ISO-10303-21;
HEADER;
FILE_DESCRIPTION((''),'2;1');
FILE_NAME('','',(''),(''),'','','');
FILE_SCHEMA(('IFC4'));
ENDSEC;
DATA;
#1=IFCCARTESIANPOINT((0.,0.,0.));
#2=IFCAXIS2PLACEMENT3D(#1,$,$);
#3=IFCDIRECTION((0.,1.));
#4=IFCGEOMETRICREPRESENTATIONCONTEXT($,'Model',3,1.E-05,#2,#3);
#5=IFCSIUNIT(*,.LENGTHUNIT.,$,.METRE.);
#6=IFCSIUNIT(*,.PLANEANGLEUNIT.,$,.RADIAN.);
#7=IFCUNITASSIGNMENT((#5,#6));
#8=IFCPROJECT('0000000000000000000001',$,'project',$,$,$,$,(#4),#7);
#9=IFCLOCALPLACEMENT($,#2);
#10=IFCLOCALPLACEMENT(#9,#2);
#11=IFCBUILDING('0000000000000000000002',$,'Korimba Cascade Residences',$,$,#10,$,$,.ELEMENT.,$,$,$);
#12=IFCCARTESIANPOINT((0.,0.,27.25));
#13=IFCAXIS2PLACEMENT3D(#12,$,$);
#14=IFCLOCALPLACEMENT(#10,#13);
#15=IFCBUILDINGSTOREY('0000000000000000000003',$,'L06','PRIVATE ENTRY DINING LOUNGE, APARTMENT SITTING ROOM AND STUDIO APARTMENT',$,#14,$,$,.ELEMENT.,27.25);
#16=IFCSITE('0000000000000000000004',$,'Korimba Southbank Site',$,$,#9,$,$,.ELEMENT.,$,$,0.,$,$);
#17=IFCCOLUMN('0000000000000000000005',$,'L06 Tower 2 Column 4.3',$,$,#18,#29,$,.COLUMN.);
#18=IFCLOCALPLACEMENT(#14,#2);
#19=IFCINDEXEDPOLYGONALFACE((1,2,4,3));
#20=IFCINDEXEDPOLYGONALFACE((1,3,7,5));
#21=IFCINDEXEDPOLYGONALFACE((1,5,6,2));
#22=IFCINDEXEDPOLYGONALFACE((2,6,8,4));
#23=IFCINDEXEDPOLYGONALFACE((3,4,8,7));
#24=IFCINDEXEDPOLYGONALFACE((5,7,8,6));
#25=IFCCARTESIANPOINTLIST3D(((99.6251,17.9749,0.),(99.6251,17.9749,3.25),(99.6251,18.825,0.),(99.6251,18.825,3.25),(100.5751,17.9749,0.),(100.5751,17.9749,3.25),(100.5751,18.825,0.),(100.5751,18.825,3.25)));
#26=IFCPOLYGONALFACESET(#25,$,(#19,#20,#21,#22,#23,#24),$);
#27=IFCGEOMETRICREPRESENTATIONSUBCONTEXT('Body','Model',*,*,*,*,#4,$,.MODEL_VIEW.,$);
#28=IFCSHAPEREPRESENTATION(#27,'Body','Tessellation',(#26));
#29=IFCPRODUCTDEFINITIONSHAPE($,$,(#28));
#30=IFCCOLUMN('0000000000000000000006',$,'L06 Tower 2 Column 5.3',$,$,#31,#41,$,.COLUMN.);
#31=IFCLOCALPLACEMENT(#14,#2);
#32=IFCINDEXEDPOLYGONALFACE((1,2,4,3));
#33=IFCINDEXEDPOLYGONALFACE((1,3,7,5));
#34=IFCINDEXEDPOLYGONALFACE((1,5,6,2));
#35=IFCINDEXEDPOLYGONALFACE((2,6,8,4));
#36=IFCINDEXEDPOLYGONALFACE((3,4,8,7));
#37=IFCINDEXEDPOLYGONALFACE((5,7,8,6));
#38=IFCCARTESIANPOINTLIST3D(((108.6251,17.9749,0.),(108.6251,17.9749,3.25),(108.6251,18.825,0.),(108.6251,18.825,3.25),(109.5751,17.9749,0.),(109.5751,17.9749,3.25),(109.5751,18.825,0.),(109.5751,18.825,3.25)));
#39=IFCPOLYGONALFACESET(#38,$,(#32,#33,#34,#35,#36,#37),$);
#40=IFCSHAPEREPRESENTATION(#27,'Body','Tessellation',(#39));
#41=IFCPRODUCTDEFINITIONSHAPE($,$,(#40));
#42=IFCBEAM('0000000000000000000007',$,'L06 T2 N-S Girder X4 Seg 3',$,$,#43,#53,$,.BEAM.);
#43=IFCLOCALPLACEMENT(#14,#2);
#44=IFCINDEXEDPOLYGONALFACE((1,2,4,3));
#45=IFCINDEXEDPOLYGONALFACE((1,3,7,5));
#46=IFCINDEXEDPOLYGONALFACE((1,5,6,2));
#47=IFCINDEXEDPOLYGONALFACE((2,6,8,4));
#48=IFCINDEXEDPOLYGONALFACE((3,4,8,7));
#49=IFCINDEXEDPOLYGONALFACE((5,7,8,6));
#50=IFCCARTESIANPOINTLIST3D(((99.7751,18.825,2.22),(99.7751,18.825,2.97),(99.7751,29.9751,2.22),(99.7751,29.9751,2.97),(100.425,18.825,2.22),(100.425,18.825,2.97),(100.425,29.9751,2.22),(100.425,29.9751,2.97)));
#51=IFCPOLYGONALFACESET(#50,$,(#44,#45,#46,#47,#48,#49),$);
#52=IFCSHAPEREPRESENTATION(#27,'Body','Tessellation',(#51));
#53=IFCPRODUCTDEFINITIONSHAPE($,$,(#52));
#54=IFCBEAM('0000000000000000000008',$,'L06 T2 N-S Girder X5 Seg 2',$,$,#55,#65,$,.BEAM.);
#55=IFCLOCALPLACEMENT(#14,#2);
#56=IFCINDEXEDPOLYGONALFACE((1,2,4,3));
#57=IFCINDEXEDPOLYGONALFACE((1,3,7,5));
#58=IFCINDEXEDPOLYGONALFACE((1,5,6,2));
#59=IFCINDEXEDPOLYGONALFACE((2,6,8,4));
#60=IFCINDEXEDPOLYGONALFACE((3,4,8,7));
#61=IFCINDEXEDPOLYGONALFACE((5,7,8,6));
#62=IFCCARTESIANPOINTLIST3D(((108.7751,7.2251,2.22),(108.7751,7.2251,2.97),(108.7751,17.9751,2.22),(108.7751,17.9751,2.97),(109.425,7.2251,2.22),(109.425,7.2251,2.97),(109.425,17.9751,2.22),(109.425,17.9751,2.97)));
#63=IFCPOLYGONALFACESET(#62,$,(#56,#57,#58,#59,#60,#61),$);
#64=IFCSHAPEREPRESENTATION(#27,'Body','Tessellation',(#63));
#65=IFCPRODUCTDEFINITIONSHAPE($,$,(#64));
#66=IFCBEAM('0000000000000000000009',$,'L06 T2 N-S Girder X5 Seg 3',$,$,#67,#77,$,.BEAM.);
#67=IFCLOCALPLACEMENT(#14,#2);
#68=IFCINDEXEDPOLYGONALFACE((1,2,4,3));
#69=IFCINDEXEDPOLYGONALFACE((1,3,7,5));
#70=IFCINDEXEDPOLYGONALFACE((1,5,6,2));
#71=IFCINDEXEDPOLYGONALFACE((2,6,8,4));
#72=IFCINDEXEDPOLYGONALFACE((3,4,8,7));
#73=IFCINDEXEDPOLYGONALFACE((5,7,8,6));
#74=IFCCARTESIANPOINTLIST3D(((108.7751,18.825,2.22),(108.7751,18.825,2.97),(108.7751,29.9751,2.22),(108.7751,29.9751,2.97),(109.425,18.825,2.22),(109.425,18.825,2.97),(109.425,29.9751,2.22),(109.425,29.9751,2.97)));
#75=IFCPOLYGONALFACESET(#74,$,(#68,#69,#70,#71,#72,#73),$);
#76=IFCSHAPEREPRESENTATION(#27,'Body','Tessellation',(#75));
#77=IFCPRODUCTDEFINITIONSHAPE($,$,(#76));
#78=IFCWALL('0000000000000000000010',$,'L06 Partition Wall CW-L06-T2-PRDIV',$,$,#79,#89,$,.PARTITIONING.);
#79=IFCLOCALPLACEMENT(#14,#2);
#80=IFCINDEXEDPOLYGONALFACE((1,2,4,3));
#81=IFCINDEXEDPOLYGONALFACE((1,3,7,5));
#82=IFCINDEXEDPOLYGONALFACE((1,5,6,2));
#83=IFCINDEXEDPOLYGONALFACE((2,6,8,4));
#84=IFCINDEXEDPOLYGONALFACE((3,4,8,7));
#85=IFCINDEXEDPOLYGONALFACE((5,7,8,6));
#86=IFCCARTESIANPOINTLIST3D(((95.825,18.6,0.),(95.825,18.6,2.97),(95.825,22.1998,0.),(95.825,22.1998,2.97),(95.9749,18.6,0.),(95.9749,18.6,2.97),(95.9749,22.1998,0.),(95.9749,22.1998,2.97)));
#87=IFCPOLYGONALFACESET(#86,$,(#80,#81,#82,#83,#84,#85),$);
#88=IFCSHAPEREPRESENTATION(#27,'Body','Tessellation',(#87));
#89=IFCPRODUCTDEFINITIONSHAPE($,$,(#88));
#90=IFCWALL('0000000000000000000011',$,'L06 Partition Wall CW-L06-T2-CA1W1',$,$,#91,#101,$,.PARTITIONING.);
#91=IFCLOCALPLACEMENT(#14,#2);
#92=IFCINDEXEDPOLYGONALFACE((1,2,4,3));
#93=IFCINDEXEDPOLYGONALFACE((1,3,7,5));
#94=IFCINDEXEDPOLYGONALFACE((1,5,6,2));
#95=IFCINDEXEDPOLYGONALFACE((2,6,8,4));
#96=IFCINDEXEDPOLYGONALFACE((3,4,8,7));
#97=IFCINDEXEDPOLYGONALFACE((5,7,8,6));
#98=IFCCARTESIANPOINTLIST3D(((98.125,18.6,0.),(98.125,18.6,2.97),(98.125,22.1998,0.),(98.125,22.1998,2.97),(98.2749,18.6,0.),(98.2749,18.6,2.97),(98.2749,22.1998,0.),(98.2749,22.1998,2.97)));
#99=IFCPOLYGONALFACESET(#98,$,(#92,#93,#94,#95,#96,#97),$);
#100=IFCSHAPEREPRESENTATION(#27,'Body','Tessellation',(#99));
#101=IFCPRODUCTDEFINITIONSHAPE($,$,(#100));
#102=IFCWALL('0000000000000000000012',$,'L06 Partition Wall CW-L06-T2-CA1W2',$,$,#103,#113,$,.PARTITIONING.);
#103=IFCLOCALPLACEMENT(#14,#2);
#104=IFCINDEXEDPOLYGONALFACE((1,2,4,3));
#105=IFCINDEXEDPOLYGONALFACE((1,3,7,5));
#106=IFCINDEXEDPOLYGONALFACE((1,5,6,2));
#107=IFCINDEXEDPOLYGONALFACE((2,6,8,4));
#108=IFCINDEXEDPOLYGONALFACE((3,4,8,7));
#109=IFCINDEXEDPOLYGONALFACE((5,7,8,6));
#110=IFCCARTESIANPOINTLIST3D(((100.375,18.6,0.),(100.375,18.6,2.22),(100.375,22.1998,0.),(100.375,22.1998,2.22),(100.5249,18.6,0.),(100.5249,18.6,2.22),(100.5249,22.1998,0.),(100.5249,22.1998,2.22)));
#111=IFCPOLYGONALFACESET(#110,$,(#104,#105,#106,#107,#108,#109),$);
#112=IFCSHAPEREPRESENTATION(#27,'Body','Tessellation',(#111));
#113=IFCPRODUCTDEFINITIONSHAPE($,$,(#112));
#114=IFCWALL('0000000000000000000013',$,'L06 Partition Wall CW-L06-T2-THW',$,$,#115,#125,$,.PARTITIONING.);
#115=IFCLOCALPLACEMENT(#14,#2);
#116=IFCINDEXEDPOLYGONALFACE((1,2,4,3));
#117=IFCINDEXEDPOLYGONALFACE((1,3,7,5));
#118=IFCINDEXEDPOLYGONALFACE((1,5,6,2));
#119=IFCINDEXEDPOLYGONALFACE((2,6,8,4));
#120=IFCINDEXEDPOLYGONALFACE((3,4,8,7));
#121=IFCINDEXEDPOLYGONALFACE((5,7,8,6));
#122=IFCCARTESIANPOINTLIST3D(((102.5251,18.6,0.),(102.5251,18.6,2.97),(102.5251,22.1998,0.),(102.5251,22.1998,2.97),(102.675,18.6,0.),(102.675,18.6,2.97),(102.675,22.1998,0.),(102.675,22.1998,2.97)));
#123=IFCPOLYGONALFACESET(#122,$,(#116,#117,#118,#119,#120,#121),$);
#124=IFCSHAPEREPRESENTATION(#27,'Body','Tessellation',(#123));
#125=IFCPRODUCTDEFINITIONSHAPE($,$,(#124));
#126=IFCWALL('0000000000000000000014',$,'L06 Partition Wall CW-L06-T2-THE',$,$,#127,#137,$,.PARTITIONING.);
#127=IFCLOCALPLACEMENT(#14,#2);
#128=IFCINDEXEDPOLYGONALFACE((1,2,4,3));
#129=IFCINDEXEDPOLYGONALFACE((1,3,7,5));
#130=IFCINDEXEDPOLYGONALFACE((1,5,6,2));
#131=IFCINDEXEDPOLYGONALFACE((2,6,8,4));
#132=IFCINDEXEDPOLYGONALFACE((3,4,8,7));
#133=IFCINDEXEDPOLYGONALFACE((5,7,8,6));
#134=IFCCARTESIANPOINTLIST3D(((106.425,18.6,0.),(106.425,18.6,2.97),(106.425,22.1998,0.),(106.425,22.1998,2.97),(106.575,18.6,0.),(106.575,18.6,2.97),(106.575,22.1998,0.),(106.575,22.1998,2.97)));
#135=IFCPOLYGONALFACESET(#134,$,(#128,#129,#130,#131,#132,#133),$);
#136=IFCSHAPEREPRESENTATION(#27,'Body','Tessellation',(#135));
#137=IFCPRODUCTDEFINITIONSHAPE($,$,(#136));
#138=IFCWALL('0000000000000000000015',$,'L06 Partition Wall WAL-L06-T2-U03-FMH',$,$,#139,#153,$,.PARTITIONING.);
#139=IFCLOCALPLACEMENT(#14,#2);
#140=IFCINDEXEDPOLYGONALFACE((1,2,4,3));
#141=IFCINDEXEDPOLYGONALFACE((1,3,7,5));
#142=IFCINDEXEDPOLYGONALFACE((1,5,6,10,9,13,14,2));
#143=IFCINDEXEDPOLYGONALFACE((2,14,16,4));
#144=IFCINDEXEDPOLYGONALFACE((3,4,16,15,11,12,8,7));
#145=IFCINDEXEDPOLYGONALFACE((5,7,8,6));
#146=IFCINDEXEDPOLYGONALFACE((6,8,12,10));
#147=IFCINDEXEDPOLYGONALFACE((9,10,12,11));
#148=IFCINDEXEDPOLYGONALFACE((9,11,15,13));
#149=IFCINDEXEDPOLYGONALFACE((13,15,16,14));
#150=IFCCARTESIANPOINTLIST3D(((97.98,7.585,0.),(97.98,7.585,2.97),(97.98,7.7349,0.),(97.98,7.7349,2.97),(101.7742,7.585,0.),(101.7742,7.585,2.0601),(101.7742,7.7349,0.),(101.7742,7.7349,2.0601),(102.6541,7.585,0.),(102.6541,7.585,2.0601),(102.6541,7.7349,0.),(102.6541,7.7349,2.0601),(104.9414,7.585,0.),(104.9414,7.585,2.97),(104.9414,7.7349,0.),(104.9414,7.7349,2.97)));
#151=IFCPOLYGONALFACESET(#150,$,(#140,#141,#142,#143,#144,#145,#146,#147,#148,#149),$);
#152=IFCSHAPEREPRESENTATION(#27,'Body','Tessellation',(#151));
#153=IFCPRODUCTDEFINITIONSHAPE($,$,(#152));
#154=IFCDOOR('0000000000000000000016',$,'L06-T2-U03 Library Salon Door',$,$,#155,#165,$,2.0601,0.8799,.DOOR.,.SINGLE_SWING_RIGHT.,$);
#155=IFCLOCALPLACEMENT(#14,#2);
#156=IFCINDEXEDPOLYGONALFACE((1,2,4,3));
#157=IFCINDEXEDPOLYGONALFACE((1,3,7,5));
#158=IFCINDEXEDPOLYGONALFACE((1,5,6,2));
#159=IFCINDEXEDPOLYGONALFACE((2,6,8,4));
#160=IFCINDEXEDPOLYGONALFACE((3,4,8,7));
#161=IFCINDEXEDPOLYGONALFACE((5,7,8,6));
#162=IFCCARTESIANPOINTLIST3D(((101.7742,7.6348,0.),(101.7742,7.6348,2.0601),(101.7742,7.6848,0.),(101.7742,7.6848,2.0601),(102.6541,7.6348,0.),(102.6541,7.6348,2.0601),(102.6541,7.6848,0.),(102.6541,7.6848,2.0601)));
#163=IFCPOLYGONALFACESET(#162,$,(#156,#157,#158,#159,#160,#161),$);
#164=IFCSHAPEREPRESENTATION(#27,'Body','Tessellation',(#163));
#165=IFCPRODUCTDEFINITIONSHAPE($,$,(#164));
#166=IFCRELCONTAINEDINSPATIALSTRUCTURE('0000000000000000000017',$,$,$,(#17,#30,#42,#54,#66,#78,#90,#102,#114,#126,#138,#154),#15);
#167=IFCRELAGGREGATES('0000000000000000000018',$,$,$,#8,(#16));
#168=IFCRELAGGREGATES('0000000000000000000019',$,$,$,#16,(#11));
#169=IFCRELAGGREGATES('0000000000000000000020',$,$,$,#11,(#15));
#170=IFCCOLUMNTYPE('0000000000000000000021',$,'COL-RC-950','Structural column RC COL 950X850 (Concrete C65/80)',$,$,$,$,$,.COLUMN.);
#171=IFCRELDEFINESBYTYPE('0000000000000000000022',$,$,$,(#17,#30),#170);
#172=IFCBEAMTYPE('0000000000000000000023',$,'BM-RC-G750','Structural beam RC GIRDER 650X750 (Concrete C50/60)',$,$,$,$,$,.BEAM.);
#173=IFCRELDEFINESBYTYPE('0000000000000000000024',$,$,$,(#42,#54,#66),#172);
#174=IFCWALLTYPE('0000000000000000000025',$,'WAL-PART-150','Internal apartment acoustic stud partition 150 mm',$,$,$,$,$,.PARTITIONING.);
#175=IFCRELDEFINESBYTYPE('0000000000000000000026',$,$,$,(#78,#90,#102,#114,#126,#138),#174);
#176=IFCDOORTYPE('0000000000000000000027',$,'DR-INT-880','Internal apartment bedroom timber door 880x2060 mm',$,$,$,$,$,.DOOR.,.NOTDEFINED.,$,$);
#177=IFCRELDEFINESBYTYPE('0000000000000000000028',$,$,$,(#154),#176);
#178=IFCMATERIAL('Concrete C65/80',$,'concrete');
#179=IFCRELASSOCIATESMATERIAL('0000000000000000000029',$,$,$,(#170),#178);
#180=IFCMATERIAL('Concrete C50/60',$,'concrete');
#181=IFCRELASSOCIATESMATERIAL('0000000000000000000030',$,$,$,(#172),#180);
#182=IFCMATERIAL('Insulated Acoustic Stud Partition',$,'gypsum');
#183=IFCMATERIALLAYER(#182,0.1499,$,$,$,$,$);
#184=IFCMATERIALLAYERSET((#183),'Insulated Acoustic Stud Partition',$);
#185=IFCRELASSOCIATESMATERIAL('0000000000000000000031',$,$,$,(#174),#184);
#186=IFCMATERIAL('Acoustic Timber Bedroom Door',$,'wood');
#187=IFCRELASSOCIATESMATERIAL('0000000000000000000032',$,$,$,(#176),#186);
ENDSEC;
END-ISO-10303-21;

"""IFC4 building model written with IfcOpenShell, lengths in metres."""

from ifc_helpers import new_model, si_unit, direction, frame, frame_2d, origin, origin_2d, place, context, subcontext, project, spatial, rectangle, extrude, material, layer, layer_set, material_profile, profile_set, type_object, element, fill, save


model = new_model("IFC4")

# Units and contexts
model_context = context("Model", 3, precision=1e-05, world=origin(), true_north=direction((0.0, 1.0)))
body_context = subcontext(model_context, "Body", "Model", "MODEL_VIEW")
ifc_project = project(units=[si_unit("LENGTHUNIT", "METRE"), si_unit("PLANEANGLEUNIT", "RADIAN")], contexts=[model_context])

# Site, building, storey
site_placement = place(None, origin())
site = spatial("IfcSite", under=ifc_project, at=site_placement, Name="Korimba Southbank Site", CompositionType="ELEMENT", RefElevation=0.0)
building_placement = place(site_placement, origin())
building = spatial("IfcBuilding", under=site, at=building_placement, Name="Korimba Cascade Residences", CompositionType="ELEMENT")
storey_placement = place(building_placement, frame((0.0, 0.0, 27.25)))
storey = spatial("IfcBuildingStorey", under=building, at=storey_placement, Name="L06", Description="PRIVATE ENTRY DINING LOUNGE, APARTMENT SITTING ROOM AND STUDIO APARTMENT", CompositionType="ELEMENT", Elevation=27.25)

# Columns
ifc_material_1 = material(Name="Concrete C65/80", Category="concrete")
ifc_material_profile_1 = material_profile(ifc_material_1, rectangle(XDim=0.95, YDim=0.8501, at=origin_2d()), Name="Concrete C65/80")
ifc_profile_set_1 = profile_set([ifc_material_profile_1], Name="Concrete C65/80")
column_type = type_object("IfcColumnType", Name="COL-RC-950", Description="Structural column RC COL 950X850 (Concrete C65/80)", PredefinedType="COLUMN", material=ifc_profile_set_1)
for number, where, z_axis, x_axis, name in (
    (1, (100.1001, 18.3999, 0.0), (0.0, 0.0, 1.0), (1.0, 0.0, 0.0), "L06 Tower 2 Column 4.3"),
    (2, (109.1001, 18.3999, 0.0), (0.0, 0.0, 1.0), (1.0, 0.0, 0.0), "L06 Tower 2 Column 5.3"),
):
    element("IfcColumn", number, at=place(storey_placement, frame(where, z_axis=z_axis, x_axis=x_axis)), inside=storey, type_object=column_type, Name=name, PredefinedType="COLUMN", context=body_context, shape_type="SweptSolid", body=[
        extrude(rectangle(XDim=0.95, YDim=0.8501, at=origin_2d()), origin(), (0.0, 0.0, 1.0), 3.25),
    ])

# Beams
ifc_material_2 = material(Name="Concrete C50/60", Category="concrete")
ifc_material_profile_2 = material_profile(ifc_material_2, rectangle(XDim=0.6499, YDim=0.75, at=origin_2d()), Name="Concrete C50/60")
ifc_profile_set_2 = profile_set([ifc_material_profile_2], Name="Concrete C50/60")
beam_type = type_object("IfcBeamType", Name="BM-RC-G750", Description="Structural beam RC GIRDER 650X750 (Concrete C50/60)", PredefinedType="BEAM", material=ifc_profile_set_2)
beam_1_placement = place(storey_placement, frame((100.1001, 18.825, 2.595), z_axis=(0.0, 1.0, 0.0), x_axis=(-1.0, 0.0, 0.0)))
element("IfcBeam", 3, at=beam_1_placement, inside=storey, type_object=beam_type, Name="L06 T2 N-S Girder X4 Seg 3", PredefinedType="BEAM", context=body_context, shape_type="SweptSolid", body=[
    extrude(rectangle(XDim=0.6499, YDim=0.75, at=origin_2d()), origin(), (0.0, 0.0, 1.0), 11.1501),
])
beam_2_placement = place(storey_placement, frame((109.1001, 7.2251, 2.595), z_axis=(0.0, 1.0, 0.0), x_axis=(-1.0, 0.0, 0.0)))
element("IfcBeam", 4, at=beam_2_placement, inside=storey, type_object=beam_type, Name="L06 T2 N-S Girder X5 Seg 2", PredefinedType="BEAM", context=body_context, shape_type="SweptSolid", body=[
    extrude(rectangle(XDim=0.6499, YDim=0.75, at=origin_2d()), origin(), (0.0, 0.0, 1.0), 10.75),
])
beam_3_placement = place(storey_placement, frame((109.1001, 18.825, 2.595), z_axis=(0.0, 1.0, 0.0), x_axis=(-1.0, 0.0, 0.0)))
element("IfcBeam", 5, at=beam_3_placement, inside=storey, type_object=beam_type, Name="L06 T2 N-S Girder X5 Seg 3", PredefinedType="BEAM", context=body_context, shape_type="SweptSolid", body=[
    extrude(rectangle(XDim=0.6499, YDim=0.75, at=origin_2d()), origin(), (0.0, 0.0, 1.0), 11.1501),
])

# Walls
ifc_material_3 = material(Name="Insulated Acoustic Stud Partition", Category="gypsum")
ifc_layer_1 = layer(ifc_material_3, 0.1499)
ifc_layer_set_1 = layer_set([ifc_layer_1], Name="Insulated Acoustic Stud Partition")
wall_type_1 = type_object("IfcWallType", Name="WAL-PART-150", Description="Internal apartment acoustic stud partition 150 mm", PredefinedType="PARTITIONING", material=ifc_layer_set_1)
for number, where, z_axis, x_axis, name in (
    (6, (95.8999, 18.6001, 0.0), (0.0, 0.0, 1.0), (0.0, 1.0, 0.0), "L06 Partition Wall CW-L06-T2-PRDIV"),
    (7, (98.2, 18.6001, 0.0), (0.0, 0.0, 1.0), (0.0, 1.0, 0.0), "L06 Partition Wall CW-L06-T2-CA1W1"),
):
    element("IfcWall", number, at=place(storey_placement, frame(where, z_axis=z_axis, x_axis=x_axis)), inside=storey, type_object=wall_type_1, Name=name, PredefinedType="PARTITIONING", context=body_context, shape_type="SweptSolid", body=[
        extrude(rectangle(XDim=3.5999, YDim=0.1499, at=frame_2d((1.7998, 0.0))), origin(), (0.0, 0.0, 1.0), 2.97),
    ])
wall_1_placement = place(storey_placement, frame((100.45, 18.6001, 0.0), z_axis=(0.0, 0.0, 1.0), x_axis=(0.0, 1.0, 0.0)))
element("IfcWall", 8, at=wall_1_placement, inside=storey, type_object=wall_type_1, Name="L06 Partition Wall CW-L06-T2-CA1W2", PredefinedType="PARTITIONING", context=body_context, shape_type="SweptSolid", body=[
    extrude(rectangle(XDim=3.5999, YDim=0.1499, at=frame_2d((1.7998, 0.0))), origin(), (0.0, 0.0, 1.0), 2.22),
])
for number, where, z_axis, x_axis, name in (
    (9, (102.6001, 18.6001, 0.0), (0.0, 0.0, 1.0), (0.0, 1.0, 0.0), "L06 Partition Wall CW-L06-T2-THW"),
    (10, (106.5, 18.6001, 0.0), (0.0, 0.0, 1.0), (0.0, 1.0, 0.0), "L06 Partition Wall CW-L06-T2-THE"),
):
    element("IfcWall", number, at=place(storey_placement, frame(where, z_axis=z_axis, x_axis=x_axis)), inside=storey, type_object=wall_type_1, Name=name, PredefinedType="PARTITIONING", context=body_context, shape_type="SweptSolid", body=[
        extrude(rectangle(XDim=3.5999, YDim=0.1499, at=frame_2d((1.7998, 0.0))), origin(), (0.0, 0.0, 1.0), 2.97),
    ])

# Wall, opening, door
wall_2_placement = place(storey_placement, frame((97.98, 7.6599, 0.0), z_axis=(0.0, 0.0, 1.0), x_axis=(1.0, 0.0, 0.0)))
wall_2 = element("IfcWall", 11, at=wall_2_placement, inside=storey, type_object=wall_type_1, Name="L06 Partition Wall WAL-L06-T2-U03-FMH", PredefinedType="PARTITIONING", context=body_context, shape_type="SweptSolid", body=[
    extrude(rectangle(XDim=6.9614, YDim=0.1499, at=frame_2d((3.4807, 0.0))), origin(), (0.0, 0.0, 1.0), 2.97),
])
opening_1_placement = place(wall_2_placement, frame((3.7942, 0.0, 0.0)))
opening_1 = element("IfcOpeningElement", 12, at=opening_1_placement, cuts=wall_2, PredefinedType="OPENING", context=body_context, shape_type="SweptSolid", body=[
    extrude(rectangle(XDim=0.8799, YDim=2.0601, at=frame_2d((0.4399, 1.03))), frame((0.0, 0.085, 0.0), z_axis=(0.0, -1.0, 0.0), x_axis=(1.0, 0.0, 0.0)), (0.0, 0.0, 1.0), 0.1699),
])
ifc_material_4 = material(Name="Acoustic Timber Bedroom Door", Category="wood")
door_type_1 = type_object("IfcDoorType", Name="DR-INT-880", Description="Internal apartment bedroom timber door 880x2060 mm", OperationType="NOTDEFINED", PredefinedType="DOOR", material=ifc_material_4)
door_1_placement = place(opening_1_placement, origin())
door_1 = element("IfcDoor", 13, at=door_1_placement, inside=storey, type_object=door_type_1, Name="L06-T2-U03 Library Salon Door", OperationType="SINGLE_SWING_RIGHT", OverallHeight=2.0601, OverallWidth=0.8799, PredefinedType="DOOR", context=body_context, shape_type="SweptSolid", body=[
    extrude(rectangle(XDim=0.8799, YDim=2.0601, at=frame_2d((0.4399, 1.03))), frame((0.0, 0.0249, 0.0), z_axis=(0.0, -1.0, 0.0), x_axis=(1.0, 0.0, 0.0)), (0.0, 0.0, 1.0), 0.05),
])
fill(opening_1, door_1)

save(model, "model.ifc")
